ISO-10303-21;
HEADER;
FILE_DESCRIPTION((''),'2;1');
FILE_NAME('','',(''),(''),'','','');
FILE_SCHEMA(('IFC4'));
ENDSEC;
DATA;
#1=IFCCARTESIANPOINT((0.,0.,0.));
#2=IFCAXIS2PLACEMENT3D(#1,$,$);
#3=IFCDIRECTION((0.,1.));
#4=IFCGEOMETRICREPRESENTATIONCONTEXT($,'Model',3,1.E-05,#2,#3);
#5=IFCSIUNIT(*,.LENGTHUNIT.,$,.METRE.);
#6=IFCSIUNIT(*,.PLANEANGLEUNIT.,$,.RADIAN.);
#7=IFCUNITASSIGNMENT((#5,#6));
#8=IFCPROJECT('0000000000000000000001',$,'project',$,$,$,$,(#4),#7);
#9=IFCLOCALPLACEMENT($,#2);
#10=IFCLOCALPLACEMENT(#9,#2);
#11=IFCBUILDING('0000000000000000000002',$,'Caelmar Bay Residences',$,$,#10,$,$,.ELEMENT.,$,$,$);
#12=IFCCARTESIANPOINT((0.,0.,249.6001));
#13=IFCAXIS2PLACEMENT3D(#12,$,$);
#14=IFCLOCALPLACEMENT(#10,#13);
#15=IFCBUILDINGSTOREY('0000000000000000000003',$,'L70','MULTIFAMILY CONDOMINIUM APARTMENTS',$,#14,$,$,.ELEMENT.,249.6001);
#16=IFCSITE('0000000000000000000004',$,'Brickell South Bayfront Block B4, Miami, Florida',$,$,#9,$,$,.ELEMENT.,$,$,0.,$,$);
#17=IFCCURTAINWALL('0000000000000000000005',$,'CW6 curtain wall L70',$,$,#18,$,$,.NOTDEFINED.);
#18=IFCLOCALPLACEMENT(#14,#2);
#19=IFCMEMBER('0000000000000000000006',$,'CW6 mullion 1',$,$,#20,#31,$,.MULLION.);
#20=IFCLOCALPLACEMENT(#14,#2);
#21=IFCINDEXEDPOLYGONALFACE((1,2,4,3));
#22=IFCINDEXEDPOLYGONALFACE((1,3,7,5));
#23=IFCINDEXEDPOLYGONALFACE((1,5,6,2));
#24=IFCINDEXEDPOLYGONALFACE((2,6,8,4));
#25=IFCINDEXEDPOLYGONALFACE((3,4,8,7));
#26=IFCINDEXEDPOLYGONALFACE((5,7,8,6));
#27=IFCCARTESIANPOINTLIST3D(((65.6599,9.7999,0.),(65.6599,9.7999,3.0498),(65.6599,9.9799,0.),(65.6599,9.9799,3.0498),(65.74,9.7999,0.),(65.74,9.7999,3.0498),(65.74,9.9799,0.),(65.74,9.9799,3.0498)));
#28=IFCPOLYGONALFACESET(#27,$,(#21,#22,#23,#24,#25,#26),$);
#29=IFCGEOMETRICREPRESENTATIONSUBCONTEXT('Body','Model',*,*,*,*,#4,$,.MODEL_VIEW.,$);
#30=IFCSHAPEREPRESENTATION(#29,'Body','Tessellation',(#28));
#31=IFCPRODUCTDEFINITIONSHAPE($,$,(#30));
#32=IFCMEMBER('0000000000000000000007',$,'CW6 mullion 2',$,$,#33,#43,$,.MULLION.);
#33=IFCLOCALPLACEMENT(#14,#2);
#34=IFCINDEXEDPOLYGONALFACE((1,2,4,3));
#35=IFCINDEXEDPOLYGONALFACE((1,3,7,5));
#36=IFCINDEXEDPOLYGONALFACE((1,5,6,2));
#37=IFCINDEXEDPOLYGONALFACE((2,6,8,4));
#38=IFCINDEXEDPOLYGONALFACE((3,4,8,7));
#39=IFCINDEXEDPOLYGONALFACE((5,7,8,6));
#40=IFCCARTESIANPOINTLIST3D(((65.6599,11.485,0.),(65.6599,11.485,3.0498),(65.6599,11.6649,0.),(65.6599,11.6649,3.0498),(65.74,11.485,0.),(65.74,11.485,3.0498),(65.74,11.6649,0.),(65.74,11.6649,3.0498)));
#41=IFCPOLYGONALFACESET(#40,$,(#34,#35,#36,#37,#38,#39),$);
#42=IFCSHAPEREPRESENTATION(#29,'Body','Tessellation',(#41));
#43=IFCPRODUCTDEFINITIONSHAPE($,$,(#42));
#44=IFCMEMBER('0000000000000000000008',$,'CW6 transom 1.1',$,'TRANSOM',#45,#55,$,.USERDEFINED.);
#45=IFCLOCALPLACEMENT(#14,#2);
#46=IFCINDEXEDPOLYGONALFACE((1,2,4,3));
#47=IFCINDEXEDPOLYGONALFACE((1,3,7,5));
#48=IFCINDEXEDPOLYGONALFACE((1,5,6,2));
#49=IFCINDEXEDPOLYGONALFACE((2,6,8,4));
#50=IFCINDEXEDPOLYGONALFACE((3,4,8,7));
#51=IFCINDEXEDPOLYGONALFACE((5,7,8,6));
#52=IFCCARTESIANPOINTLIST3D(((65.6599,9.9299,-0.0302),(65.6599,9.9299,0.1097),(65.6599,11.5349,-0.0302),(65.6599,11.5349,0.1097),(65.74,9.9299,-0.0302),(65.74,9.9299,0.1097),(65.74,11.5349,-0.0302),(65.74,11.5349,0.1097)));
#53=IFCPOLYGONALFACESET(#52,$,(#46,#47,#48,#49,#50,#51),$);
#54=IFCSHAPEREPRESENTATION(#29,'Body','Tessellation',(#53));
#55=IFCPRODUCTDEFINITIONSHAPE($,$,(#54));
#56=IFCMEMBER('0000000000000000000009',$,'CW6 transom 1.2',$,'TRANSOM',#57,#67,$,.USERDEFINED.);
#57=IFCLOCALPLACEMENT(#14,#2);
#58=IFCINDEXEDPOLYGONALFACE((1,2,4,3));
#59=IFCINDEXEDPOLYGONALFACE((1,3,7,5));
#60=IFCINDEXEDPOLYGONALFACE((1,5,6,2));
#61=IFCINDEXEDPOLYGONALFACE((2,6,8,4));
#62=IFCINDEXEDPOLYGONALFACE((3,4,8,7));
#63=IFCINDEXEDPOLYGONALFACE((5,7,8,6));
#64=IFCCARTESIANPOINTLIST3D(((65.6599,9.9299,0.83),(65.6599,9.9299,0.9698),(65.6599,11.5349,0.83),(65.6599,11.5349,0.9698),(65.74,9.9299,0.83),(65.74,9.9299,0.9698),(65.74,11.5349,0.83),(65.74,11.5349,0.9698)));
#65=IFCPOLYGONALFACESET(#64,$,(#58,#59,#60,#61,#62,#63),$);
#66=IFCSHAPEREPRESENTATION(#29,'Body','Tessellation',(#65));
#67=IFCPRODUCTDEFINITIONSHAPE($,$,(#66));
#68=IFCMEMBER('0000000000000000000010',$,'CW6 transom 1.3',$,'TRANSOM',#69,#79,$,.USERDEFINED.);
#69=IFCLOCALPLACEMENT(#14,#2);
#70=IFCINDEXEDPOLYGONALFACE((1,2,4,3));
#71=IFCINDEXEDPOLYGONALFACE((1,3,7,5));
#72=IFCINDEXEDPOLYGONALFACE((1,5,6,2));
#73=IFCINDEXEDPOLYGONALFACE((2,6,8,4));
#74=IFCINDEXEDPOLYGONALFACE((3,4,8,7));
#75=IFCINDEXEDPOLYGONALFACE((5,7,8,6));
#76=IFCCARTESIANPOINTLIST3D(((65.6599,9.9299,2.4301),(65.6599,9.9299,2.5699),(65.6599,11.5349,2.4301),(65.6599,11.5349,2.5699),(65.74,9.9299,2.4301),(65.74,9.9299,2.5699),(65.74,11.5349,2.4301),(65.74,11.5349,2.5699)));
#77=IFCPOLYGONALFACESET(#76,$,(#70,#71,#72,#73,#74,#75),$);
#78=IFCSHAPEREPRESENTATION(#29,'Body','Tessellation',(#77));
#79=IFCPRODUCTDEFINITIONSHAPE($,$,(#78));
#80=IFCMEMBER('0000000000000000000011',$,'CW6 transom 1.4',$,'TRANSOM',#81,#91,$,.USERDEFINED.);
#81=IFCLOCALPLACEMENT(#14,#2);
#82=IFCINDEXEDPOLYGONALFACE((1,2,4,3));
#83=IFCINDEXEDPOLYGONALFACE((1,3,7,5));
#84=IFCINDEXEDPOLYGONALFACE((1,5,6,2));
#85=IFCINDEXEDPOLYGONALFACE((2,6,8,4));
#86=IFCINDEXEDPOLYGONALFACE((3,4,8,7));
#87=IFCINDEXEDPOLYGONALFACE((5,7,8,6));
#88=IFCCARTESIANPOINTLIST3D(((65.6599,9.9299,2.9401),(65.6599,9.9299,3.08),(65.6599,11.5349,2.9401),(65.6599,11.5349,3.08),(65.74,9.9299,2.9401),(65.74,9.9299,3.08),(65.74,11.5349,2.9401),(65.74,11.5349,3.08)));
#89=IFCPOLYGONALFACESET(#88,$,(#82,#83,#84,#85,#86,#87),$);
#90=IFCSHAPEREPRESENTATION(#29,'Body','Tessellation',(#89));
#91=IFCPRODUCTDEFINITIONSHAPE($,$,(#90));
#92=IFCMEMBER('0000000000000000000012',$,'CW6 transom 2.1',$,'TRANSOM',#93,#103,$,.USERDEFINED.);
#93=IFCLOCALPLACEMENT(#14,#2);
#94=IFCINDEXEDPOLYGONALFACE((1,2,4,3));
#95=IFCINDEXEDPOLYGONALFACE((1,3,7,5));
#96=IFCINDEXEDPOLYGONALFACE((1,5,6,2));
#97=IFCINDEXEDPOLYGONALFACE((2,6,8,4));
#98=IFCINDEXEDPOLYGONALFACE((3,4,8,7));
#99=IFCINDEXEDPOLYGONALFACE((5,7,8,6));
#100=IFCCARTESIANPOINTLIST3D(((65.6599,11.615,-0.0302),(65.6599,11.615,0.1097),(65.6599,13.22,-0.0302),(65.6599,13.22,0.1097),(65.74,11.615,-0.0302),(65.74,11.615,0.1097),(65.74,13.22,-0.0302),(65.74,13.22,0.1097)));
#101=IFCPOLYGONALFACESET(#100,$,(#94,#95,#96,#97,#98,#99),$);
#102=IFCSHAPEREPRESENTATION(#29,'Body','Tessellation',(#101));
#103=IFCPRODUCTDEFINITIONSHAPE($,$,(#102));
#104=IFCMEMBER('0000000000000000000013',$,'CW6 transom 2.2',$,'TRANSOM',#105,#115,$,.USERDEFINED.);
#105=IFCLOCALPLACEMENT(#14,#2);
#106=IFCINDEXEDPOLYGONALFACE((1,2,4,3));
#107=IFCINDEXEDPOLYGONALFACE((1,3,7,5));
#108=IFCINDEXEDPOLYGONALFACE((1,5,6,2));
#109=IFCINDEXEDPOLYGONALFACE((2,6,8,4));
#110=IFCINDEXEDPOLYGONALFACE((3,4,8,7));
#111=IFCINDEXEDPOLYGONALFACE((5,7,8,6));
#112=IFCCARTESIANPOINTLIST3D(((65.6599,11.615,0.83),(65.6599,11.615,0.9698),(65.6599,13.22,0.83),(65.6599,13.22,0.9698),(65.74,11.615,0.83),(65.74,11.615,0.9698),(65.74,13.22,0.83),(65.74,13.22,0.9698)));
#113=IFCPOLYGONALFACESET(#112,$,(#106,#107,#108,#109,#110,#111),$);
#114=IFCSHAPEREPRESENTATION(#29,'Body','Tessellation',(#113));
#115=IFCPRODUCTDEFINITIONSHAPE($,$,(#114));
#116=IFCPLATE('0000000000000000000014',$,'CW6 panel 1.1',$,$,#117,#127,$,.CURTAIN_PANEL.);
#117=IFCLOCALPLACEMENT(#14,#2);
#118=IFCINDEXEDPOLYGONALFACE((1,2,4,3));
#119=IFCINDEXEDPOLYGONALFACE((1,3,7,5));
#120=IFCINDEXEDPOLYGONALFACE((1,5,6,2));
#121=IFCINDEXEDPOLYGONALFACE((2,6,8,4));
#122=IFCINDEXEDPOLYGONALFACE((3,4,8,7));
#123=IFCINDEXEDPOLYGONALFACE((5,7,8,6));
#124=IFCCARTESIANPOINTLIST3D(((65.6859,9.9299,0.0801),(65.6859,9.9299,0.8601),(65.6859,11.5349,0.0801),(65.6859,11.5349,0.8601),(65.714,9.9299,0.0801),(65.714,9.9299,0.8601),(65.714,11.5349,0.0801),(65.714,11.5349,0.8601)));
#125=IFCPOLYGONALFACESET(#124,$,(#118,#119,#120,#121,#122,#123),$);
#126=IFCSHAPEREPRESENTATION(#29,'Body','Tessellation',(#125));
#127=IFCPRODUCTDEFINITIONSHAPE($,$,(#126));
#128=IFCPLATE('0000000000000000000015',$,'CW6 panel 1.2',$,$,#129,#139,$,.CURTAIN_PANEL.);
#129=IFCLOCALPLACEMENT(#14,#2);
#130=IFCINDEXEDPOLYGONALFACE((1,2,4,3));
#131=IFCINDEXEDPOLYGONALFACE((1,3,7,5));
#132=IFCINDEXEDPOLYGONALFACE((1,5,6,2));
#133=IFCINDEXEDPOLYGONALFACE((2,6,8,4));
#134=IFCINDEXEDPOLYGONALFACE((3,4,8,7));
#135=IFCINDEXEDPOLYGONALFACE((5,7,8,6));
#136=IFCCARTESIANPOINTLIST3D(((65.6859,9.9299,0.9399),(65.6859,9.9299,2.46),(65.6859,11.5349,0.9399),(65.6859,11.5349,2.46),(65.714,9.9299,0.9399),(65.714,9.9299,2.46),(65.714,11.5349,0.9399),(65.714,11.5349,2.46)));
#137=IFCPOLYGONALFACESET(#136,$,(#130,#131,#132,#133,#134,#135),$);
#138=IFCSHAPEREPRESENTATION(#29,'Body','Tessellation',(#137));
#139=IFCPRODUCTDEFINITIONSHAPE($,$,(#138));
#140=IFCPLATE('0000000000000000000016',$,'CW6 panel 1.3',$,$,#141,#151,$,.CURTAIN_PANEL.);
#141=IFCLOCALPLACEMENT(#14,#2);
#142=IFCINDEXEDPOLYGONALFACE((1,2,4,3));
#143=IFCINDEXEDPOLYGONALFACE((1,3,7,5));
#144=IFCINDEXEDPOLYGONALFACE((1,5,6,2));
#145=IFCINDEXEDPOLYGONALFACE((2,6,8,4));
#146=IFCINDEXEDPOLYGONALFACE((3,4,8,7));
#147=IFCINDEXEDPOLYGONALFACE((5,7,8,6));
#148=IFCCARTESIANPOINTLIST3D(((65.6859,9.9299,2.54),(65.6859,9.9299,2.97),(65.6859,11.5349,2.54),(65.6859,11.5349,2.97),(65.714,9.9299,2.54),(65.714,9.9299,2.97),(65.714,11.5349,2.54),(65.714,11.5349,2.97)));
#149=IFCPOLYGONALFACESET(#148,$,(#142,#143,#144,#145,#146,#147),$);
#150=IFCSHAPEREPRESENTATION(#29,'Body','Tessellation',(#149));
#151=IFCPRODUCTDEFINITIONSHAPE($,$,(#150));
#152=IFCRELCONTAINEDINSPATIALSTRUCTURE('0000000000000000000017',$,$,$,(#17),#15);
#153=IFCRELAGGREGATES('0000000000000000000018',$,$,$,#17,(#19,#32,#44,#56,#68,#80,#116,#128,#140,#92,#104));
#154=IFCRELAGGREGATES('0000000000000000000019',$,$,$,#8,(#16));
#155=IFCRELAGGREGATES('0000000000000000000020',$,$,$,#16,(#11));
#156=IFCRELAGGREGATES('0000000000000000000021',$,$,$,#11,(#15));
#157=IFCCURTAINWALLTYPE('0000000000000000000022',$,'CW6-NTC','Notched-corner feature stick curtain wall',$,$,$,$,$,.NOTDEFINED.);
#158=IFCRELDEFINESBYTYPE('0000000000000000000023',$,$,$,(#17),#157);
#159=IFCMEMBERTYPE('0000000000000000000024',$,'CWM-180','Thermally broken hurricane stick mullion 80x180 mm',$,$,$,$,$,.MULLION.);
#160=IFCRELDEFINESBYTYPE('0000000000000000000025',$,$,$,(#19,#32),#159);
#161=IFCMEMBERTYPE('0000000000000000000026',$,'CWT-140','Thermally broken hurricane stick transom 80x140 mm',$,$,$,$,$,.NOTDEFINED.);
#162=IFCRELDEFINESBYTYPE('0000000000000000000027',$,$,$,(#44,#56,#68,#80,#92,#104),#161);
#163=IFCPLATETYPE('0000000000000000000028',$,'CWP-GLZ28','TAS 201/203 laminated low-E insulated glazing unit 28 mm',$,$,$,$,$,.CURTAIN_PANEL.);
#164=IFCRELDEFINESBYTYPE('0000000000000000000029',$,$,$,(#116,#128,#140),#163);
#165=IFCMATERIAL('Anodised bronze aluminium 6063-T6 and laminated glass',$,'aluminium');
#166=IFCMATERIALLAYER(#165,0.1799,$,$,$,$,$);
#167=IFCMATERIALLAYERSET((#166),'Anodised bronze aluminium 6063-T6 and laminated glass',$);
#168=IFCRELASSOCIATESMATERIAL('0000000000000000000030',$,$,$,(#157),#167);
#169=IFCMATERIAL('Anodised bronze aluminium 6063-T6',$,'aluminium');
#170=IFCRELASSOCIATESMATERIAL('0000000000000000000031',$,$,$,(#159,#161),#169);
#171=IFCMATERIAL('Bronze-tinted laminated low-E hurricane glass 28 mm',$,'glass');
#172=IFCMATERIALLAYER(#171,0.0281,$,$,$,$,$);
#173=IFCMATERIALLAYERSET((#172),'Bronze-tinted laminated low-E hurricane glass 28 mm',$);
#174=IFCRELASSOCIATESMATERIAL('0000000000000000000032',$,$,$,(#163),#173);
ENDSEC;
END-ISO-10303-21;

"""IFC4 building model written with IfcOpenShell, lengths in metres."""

from ifc_helpers import new_model, si_unit, direction, frame, origin, origin_2d, place, context, subcontext, project, spatial, rectangle, extrude, material, layer, layer_set, material_profile, profile_set, type_object, element, aggregate, save


model = new_model("IFC4")

# Units and contexts
model_context = context("Model", 3, precision=1e-05, world=origin(), true_north=direction((0.0, 1.0)))
body_context = subcontext(model_context, "Body", "Model", "MODEL_VIEW")
ifc_project = project(units=[si_unit("LENGTHUNIT", "METRE"), si_unit("PLANEANGLEUNIT", "RADIAN")], contexts=[model_context])

# Site, building, storey
site_placement = place(None, origin())
site = spatial("IfcSite", under=ifc_project, at=site_placement, Name="Brickell South Bayfront Block B4, Miami, Florida", CompositionType="ELEMENT", RefElevation=0.0)
building_placement = place(site_placement, origin())
building = spatial("IfcBuilding", under=site, at=building_placement, Name="Caelmar Bay Residences", CompositionType="ELEMENT")
storey_placement = place(building_placement, frame((0.0, 0.0, 249.6001)))
storey = spatial("IfcBuildingStorey", under=building, at=storey_placement, Name="L70", Description="MULTIFAMILY CONDOMINIUM APARTMENTS", CompositionType="ELEMENT", Elevation=249.6001)

# Curtain wall, members, plates
ifc_material_1 = material(Name="Anodised bronze aluminium 6063-T6 and laminated glass", Category="aluminium")
ifc_layer_1 = layer(ifc_material_1, 0.1799)
ifc_layer_set_1 = layer_set([ifc_layer_1], Name="Anodised bronze aluminium 6063-T6 and laminated glass")
curtain_wall_type = type_object("IfcCurtainWallType", Name="CW6-NTC", Description="Notched-corner feature stick curtain wall", PredefinedType="NOTDEFINED", material=ifc_layer_set_1)
curtain_wall_placement = place(storey_placement, origin())
curtain_wall = element("IfcCurtainWall", 1, at=curtain_wall_placement, inside=storey, type_object=curtain_wall_type, Name="CW6 curtain wall L70", PredefinedType="NOTDEFINED")
ifc_material_2 = material(Name="Anodised bronze aluminium 6063-T6", Category="aluminium")
ifc_material_profile_1 = material_profile(ifc_material_2, rectangle(XDim=0.0801, YDim=0.1799, at=origin_2d()), Name="CWM-80X180")
ifc_profile_set_1 = profile_set([ifc_material_profile_1], Name="Anodised bronze aluminium 6063-T6")
member_type_1 = type_object("IfcMemberType", Name="CWM-180", Description="Thermally broken hurricane stick mullion 80x180 mm", PredefinedType="MULLION", material=ifc_profile_set_1)
member_1_placement = place(storey_placement, frame((65.7, 9.8899, 0.0), z_axis=(0.0, 0.0, 1.0), x_axis=(-1.0, 0.0, 0.0)))
member_1 = element("IfcMember", 2, at=member_1_placement, type_object=member_type_1, Name="CW6 mullion 1", PredefinedType="MULLION", context=body_context, shape_type="SweptSolid", body=[
    extrude(rectangle(XDim=0.0801, YDim=0.1799, at=origin_2d()), origin(), (0.0, 0.0, 1.0), 3.0498),
])
member_2_placement = place(storey_placement, frame((65.7, 11.575, 0.0), z_axis=(0.0, 0.0, 1.0), x_axis=(-1.0, 0.0, 0.0)))
member_2 = element("IfcMember", 3, at=member_2_placement, type_object=member_type_1, Name="CW6 mullion 2", PredefinedType="MULLION", context=body_context, shape_type="SweptSolid", body=[
    extrude(rectangle(XDim=0.0801, YDim=0.1799, at=origin_2d()), origin(), (0.0, 0.0, 1.0), 3.0498),
])
ifc_material_profile_2 = material_profile(ifc_material_2, rectangle(XDim=0.0801, YDim=0.1399, at=origin_2d()), Name="CWT-80X140")
ifc_profile_set_2 = profile_set([ifc_material_profile_2], Name="Anodised bronze aluminium 6063-T6")
member_type_2 = type_object("IfcMemberType", Name="CWT-140", Description="Thermally broken hurricane stick transom 80x140 mm", PredefinedType="NOTDEFINED", material=ifc_profile_set_2)
member_3_placement = place(storey_placement, frame((65.7, 9.9299, 0.0398), z_axis=(0.0, 1.0, 0.0), x_axis=(-1.0, 0.0, 0.0)))
member_3 = element("IfcMember", 4, at=member_3_placement, type_object=member_type_2, Name="CW6 transom 1.1", ObjectType="TRANSOM", PredefinedType="USERDEFINED", context=body_context, shape_type="SweptSolid", body=[
    extrude(rectangle(XDim=0.0801, YDim=0.1399, at=origin_2d()), origin(), (0.0, 0.0, 1.0), 1.605),
])
member_4_placement = place(storey_placement, frame((65.7, 9.9299, 0.8999), z_axis=(0.0, 1.0, 0.0), x_axis=(-1.0, 0.0, 0.0)))
member_4 = element("IfcMember", 5, at=member_4_placement, type_object=member_type_2, Name="CW6 transom 1.2", ObjectType="TRANSOM", PredefinedType="USERDEFINED", context=body_context, shape_type="SweptSolid", body=[
    extrude(rectangle(XDim=0.0801, YDim=0.1399, at=origin_2d()), origin(), (0.0, 0.0, 1.0), 1.605),
])
member_5_placement = place(storey_placement, frame((65.7, 9.9299, 2.5), z_axis=(0.0, 1.0, 0.0), x_axis=(-1.0, 0.0, 0.0)))
member_5 = element("IfcMember", 6, at=member_5_placement, type_object=member_type_2, Name="CW6 transom 1.3", ObjectType="TRANSOM", PredefinedType="USERDEFINED", context=body_context, shape_type="SweptSolid", body=[
    extrude(rectangle(XDim=0.0801, YDim=0.1399, at=origin_2d()), origin(), (0.0, 0.0, 1.0), 1.605),
])
member_6_placement = place(storey_placement, frame((65.7, 9.9299, 3.01), z_axis=(0.0, 1.0, 0.0), x_axis=(-1.0, 0.0, 0.0)))
member_6 = element("IfcMember", 7, at=member_6_placement, type_object=member_type_2, Name="CW6 transom 1.4", ObjectType="TRANSOM", PredefinedType="USERDEFINED", context=body_context, shape_type="SweptSolid", body=[
    extrude(rectangle(XDim=0.0801, YDim=0.1399, at=origin_2d()), origin(), (0.0, 0.0, 1.0), 1.605),
])
member_7_placement = place(storey_placement, frame((65.7, 11.615, 0.0398), z_axis=(0.0, 1.0, 0.0), x_axis=(-1.0, 0.0, 0.0)))
member_7 = element("IfcMember", 8, at=member_7_placement, type_object=member_type_2, Name="CW6 transom 2.1", ObjectType="TRANSOM", PredefinedType="USERDEFINED", context=body_context, shape_type="SweptSolid", body=[
    extrude(rectangle(XDim=0.0801, YDim=0.1399, at=origin_2d()), origin(), (0.0, 0.0, 1.0), 1.605),
])
member_8_placement = place(storey_placement, frame((65.7, 11.615, 0.8999), z_axis=(0.0, 1.0, 0.0), x_axis=(-1.0, 0.0, 0.0)))
member_8 = element("IfcMember", 9, at=member_8_placement, type_object=member_type_2, Name="CW6 transom 2.2", ObjectType="TRANSOM", PredefinedType="USERDEFINED", context=body_context, shape_type="SweptSolid", body=[
    extrude(rectangle(XDim=0.0801, YDim=0.1399, at=origin_2d()), origin(), (0.0, 0.0, 1.0), 1.605),
])
ifc_material_3 = material(Name="Bronze-tinted laminated low-E hurricane glass 28 mm", Category="glass")
ifc_layer_2 = layer(ifc_material_3, 0.0281)
ifc_layer_set_2 = layer_set([ifc_layer_2], Name="Bronze-tinted laminated low-E hurricane glass 28 mm")
plate_type = type_object("IfcPlateType", Name="CWP-GLZ28", Description="TAS 201/203 laminated low-E insulated glazing unit 28 mm", PredefinedType="CURTAIN_PANEL", material=ifc_layer_set_2)
plate_1_placement = place(storey_placement, frame((65.7, 10.7324, 0.0801), z_axis=(0.0, 0.0, 1.0), x_axis=(0.0, 1.0, 0.0)))
plate_1 = element("IfcPlate", 10, at=plate_1_placement, type_object=plate_type, Name="CW6 panel 1.1", PredefinedType="CURTAIN_PANEL", context=body_context, shape_type="SweptSolid", body=[
    extrude(rectangle(XDim=1.605, YDim=0.0281, at=origin_2d()), origin(), (0.0, 0.0, 1.0), 0.78),
])
plate_2_placement = place(storey_placement, frame((65.7, 10.7324, 0.9399), z_axis=(0.0, 0.0, 1.0), x_axis=(0.0, 1.0, 0.0)))
plate_2 = element("IfcPlate", 11, at=plate_2_placement, type_object=plate_type, Name="CW6 panel 1.2", PredefinedType="CURTAIN_PANEL", context=body_context, shape_type="SweptSolid", body=[
    extrude(rectangle(XDim=1.605, YDim=0.0281, at=origin_2d()), origin(), (0.0, 0.0, 1.0), 1.52),
])
plate_3_placement = place(storey_placement, frame((65.7, 10.7324, 2.54), z_axis=(0.0, 0.0, 1.0), x_axis=(0.0, 1.0, 0.0)))
plate_3 = element("IfcPlate", 12, at=plate_3_placement, type_object=plate_type, Name="CW6 panel 1.3", PredefinedType="CURTAIN_PANEL", context=body_context, shape_type="SweptSolid", body=[
    extrude(rectangle(XDim=1.605, YDim=0.0281, at=origin_2d()), origin(), (0.0, 0.0, 1.0), 0.4299),
])
aggregate(curtain_wall, [member_1, member_2, member_3, member_4, member_5, member_6, plate_1, plate_2, plate_3, member_7, member_8])

save(model, "model.ifc")
